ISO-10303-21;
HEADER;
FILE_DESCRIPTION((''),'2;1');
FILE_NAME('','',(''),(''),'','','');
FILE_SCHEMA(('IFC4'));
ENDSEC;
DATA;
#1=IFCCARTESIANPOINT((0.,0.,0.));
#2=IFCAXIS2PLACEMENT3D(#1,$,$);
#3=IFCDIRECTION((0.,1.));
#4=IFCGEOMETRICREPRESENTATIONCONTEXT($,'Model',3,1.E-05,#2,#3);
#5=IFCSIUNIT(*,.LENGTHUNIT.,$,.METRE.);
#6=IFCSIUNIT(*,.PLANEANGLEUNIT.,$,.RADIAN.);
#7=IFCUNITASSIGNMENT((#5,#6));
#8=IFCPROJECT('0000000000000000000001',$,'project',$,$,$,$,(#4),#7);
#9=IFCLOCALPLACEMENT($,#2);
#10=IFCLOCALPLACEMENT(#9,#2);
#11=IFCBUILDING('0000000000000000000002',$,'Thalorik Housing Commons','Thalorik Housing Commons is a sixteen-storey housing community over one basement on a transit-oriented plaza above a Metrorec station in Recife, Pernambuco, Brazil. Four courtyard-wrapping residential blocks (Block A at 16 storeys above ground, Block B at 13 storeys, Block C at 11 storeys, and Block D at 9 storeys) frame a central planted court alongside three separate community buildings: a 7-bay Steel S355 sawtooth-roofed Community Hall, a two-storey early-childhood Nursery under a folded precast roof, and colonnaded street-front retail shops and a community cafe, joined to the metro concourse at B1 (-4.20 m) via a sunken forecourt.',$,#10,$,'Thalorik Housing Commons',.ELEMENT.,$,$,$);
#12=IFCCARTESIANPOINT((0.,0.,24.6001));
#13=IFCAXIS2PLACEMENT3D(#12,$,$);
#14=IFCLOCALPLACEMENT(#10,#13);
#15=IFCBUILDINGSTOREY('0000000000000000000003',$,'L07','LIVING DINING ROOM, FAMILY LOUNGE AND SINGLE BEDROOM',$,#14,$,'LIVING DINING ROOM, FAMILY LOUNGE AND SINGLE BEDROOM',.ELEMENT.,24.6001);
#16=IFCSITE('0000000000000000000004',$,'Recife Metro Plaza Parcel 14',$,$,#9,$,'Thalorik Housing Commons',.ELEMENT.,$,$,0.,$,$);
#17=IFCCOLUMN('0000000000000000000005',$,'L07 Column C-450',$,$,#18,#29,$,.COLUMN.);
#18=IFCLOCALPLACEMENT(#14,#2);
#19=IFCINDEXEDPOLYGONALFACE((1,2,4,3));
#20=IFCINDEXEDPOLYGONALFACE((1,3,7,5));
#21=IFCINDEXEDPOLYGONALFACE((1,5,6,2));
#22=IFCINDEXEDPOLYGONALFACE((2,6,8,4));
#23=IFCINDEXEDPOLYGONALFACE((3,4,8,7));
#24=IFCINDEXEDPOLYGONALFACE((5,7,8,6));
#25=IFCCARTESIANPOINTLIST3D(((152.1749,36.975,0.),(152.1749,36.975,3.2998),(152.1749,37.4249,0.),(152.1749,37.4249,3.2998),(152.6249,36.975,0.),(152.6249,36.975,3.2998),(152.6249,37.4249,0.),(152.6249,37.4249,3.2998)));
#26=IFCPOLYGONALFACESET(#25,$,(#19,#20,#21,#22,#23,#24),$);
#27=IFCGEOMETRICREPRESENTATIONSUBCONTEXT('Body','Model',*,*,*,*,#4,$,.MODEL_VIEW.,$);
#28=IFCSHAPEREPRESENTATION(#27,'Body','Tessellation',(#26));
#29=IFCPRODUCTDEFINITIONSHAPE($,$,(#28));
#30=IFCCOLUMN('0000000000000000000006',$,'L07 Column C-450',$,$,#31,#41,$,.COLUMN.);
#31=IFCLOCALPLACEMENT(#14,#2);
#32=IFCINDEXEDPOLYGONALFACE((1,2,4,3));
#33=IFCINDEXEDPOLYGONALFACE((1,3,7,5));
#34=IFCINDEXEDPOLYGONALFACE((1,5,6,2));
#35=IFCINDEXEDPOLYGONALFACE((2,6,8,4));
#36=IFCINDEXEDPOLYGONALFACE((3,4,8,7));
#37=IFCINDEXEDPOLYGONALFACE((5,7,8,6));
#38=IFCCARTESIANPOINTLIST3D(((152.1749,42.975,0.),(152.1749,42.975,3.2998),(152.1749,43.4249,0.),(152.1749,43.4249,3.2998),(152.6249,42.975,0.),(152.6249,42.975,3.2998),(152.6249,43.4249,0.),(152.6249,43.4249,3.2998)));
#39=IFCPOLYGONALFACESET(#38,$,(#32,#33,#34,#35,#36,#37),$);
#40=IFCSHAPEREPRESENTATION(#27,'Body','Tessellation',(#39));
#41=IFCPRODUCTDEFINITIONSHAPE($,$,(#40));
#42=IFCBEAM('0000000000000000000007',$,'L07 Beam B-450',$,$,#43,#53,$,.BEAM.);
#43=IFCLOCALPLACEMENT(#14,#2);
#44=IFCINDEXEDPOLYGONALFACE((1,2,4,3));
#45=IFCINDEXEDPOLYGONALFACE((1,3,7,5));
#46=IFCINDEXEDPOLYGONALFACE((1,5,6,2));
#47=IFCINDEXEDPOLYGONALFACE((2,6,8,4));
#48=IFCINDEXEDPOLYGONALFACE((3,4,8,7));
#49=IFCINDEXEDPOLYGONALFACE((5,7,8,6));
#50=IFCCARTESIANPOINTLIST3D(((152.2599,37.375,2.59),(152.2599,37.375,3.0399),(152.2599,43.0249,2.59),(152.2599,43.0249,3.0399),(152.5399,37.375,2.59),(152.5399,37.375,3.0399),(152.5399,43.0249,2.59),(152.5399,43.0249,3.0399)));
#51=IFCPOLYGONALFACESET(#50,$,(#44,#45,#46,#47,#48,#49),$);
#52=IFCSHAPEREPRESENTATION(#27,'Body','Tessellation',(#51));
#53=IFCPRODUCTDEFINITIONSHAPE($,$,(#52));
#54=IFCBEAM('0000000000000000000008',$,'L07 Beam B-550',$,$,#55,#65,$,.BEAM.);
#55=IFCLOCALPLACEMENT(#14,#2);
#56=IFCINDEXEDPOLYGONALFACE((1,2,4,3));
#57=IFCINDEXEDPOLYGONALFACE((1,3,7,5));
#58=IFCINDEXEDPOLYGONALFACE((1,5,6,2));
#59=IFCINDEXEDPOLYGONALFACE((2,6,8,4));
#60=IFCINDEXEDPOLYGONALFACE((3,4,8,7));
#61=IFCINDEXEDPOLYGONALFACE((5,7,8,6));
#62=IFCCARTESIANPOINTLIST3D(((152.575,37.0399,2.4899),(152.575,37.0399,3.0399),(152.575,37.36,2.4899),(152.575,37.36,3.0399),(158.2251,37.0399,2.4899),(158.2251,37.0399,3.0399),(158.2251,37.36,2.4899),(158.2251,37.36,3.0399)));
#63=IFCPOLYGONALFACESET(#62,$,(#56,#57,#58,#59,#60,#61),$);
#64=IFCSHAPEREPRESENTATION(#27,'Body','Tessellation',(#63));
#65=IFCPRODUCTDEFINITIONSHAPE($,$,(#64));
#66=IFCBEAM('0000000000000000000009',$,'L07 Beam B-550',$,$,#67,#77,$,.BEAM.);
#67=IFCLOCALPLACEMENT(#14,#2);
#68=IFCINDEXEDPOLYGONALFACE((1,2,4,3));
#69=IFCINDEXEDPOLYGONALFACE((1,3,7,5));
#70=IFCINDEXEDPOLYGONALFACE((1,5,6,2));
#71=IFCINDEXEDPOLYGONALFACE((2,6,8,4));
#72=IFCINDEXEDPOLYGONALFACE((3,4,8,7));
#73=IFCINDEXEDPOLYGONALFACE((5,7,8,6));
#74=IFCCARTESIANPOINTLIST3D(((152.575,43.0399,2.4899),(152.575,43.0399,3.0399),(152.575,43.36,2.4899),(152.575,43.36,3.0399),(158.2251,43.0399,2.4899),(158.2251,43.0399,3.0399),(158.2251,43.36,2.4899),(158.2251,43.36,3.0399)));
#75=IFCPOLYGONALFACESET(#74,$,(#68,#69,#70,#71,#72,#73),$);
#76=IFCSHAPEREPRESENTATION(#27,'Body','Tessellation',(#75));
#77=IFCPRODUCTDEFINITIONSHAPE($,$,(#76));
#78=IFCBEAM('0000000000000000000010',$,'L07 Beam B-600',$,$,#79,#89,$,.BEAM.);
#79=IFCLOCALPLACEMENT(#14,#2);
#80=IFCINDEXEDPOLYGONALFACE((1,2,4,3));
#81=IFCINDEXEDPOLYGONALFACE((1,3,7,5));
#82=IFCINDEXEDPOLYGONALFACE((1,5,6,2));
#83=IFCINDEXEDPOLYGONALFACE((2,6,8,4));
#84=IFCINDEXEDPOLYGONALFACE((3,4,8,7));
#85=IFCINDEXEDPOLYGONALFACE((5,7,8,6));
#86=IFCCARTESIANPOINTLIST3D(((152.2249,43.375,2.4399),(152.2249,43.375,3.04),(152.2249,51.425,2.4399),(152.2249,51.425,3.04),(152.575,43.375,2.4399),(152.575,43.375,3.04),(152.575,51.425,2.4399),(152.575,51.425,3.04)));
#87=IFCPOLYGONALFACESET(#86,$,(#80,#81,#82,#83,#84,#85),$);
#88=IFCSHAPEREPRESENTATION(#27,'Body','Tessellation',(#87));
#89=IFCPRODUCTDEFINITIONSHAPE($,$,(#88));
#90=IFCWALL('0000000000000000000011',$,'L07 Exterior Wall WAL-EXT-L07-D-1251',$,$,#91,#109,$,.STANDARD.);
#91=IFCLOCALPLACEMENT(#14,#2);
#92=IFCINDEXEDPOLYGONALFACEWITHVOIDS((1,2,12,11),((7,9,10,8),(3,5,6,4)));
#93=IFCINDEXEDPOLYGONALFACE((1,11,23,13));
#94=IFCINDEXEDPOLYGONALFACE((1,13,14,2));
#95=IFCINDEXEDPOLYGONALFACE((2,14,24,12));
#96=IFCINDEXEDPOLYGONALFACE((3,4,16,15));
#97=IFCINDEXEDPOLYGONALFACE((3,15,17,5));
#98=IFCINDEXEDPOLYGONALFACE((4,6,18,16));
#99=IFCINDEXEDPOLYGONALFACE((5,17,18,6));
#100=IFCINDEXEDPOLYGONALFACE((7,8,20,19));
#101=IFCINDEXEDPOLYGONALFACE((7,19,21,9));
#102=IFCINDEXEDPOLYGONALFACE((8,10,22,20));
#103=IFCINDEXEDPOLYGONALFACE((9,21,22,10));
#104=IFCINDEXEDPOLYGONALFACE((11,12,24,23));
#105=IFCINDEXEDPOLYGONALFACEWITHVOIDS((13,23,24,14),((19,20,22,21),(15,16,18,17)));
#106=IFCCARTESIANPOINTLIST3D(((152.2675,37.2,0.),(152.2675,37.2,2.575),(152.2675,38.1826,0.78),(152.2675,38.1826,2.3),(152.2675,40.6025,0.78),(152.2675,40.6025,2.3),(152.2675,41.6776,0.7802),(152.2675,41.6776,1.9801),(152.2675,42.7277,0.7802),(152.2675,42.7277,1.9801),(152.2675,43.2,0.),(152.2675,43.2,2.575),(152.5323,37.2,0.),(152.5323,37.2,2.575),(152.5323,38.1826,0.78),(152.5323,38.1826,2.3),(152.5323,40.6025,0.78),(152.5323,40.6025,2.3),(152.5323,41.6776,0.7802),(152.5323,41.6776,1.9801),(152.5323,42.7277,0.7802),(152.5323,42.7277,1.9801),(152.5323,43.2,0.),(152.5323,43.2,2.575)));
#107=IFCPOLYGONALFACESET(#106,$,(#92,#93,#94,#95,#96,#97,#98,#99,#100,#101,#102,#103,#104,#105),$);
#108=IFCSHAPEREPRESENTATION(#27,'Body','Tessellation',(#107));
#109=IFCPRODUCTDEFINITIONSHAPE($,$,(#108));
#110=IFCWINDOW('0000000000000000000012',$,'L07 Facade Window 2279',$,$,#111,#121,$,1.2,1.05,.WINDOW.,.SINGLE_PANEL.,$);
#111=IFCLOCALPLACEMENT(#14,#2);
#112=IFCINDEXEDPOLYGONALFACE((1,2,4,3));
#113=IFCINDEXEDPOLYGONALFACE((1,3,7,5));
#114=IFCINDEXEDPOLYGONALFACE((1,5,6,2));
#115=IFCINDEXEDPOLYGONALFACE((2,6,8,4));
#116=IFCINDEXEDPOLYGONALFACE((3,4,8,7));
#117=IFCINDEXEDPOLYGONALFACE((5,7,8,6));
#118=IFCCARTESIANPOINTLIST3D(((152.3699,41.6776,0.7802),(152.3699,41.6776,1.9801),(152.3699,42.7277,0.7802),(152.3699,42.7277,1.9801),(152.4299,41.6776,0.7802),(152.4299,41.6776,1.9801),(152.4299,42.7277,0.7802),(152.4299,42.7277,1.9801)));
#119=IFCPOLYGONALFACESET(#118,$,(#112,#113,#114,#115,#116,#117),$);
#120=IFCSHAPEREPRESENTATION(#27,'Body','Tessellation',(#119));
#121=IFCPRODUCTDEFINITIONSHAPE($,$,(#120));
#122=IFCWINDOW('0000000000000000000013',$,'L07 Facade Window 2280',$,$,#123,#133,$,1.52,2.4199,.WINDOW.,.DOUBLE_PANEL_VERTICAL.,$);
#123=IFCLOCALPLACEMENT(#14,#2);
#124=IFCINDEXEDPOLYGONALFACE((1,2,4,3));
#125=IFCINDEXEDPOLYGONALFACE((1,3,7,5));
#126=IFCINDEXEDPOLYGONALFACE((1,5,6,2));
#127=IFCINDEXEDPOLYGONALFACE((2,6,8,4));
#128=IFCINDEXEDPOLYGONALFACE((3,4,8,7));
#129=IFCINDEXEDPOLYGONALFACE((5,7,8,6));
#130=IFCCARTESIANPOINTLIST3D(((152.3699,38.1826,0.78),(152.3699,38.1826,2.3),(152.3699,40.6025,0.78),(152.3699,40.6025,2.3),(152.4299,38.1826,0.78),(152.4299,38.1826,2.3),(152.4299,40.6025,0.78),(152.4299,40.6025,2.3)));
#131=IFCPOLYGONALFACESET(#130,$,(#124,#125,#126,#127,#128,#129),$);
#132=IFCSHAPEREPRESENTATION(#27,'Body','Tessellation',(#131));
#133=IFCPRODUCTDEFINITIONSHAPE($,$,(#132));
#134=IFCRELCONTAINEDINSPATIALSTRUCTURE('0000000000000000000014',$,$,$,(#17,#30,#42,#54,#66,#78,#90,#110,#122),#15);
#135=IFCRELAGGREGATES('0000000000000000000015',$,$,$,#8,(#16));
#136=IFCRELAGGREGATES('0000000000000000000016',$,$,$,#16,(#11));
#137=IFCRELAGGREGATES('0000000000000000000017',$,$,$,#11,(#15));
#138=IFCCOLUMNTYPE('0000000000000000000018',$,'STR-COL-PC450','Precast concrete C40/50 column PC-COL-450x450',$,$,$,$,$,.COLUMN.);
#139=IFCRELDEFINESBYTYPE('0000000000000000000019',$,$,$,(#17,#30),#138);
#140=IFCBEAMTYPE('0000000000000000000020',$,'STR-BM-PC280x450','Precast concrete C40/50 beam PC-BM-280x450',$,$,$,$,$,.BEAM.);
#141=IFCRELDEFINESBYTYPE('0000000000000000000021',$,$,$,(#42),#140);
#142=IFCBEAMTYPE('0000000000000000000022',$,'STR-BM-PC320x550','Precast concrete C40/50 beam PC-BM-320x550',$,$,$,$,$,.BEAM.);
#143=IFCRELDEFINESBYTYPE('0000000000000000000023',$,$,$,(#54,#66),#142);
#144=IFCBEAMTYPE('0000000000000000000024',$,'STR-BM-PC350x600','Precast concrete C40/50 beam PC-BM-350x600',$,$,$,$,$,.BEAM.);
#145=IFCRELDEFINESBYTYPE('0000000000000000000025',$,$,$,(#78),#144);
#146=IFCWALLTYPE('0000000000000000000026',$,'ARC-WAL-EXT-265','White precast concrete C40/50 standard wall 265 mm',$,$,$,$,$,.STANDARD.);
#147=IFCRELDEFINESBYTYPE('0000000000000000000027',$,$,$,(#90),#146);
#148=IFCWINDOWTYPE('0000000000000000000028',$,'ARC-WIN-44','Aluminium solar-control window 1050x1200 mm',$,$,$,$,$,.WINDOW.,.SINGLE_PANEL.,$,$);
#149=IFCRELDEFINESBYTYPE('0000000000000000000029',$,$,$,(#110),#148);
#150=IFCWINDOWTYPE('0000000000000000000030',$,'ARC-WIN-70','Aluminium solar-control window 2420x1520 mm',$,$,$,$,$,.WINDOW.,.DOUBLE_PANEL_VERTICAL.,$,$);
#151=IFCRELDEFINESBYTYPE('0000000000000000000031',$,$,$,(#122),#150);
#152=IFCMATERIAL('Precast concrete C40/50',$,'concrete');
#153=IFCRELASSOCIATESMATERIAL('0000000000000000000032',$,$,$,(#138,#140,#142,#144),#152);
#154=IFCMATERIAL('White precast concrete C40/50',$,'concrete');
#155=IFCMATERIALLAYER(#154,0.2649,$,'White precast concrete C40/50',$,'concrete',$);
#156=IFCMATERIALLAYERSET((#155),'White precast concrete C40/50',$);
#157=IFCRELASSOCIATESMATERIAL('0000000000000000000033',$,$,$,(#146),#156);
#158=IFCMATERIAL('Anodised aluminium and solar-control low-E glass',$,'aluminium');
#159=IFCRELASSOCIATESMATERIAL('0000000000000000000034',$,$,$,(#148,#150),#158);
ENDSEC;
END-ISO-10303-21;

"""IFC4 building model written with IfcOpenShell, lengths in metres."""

from ifc_helpers import new_model, si_unit, direction, frame, frame_2d, origin, origin_2d, place, context, subcontext, project, spatial, rectangle, extrude, material, layer, layer_set, material_profile, profile_set, type_object, element, fill, save


model = new_model("IFC4")

# Units and contexts
model_context = context("Model", 3, precision=1e-05, world=origin(), true_north=direction((0.0, 1.0)))
body_context = subcontext(model_context, "Body", "Model", "MODEL_VIEW")
ifc_project = project(units=[si_unit("LENGTHUNIT", "METRE"), si_unit("PLANEANGLEUNIT", "RADIAN")], contexts=[model_context])

# Site, building, storey
site_placement = place(None, origin())
site = spatial("IfcSite", under=ifc_project, at=site_placement, Name="Recife Metro Plaza Parcel 14", LongName="Thalorik Housing Commons", CompositionType="ELEMENT", RefElevation=0.0)
building_placement = place(site_placement, origin())
building = spatial("IfcBuilding", under=site, at=building_placement, Name="Thalorik Housing Commons", Description="Thalorik Housing Commons is a sixteen-storey housing community over one basement on a transit-oriented plaza above a Metrorec station in Recife, Pernambuco, Brazil. Four courtyard-wrapping residential blocks (Block A at 16 storeys above ground, Block B at 13 storeys, Block C at 11 storeys, and Block D at 9 storeys) frame a central planted court alongside three separate community buildings: a 7-bay Steel S355 sawtooth-roofed Community Hall, a two-storey early-childhood Nursery under a folded precast roof, and colonnaded street-front retail shops and a community cafe, joined to the metro concourse at B1 (-4.20 m) via a sunken forecourt.", LongName="Thalorik Housing Commons", CompositionType="ELEMENT")
storey_placement = place(building_placement, frame((0.0, 0.0, 24.6001)))
storey = spatial("IfcBuildingStorey", under=building, at=storey_placement, Name="L07", Description="LIVING DINING ROOM, FAMILY LOUNGE AND SINGLE BEDROOM", LongName="LIVING DINING ROOM, FAMILY LOUNGE AND SINGLE BEDROOM", CompositionType="ELEMENT", Elevation=24.6001)

# Columns
ifc_material_1 = material(Name="Precast concrete C40/50", Category="concrete")
ifc_material_profile_1 = material_profile(ifc_material_1, rectangle(XDim=0.45, YDim=0.45, at=origin_2d()), Name="PC 450x450", Category="concrete")
ifc_profile_set_1 = profile_set([ifc_material_profile_1], Name="Precast concrete C40/50")
column_type = type_object("IfcColumnType", Name="STR-COL-PC450", Description="Precast concrete C40/50 column PC-COL-450x450", PredefinedType="COLUMN", material=ifc_profile_set_1)
for number, where, z_axis, x_axis, name in (
    (1, (152.3999, 37.2, 0.0), (0.0, 0.0, 1.0), (1.0, 0.0, 0.0), "L07 Column C-450"),
    (2, (152.3999, 43.2, 0.0), (0.0, 0.0, 1.0), (1.0, 0.0, 0.0), "L07 Column C-450"),
):
    element("IfcColumn", number, at=place(storey_placement, frame(where, z_axis=z_axis, x_axis=x_axis)), inside=storey, type_object=column_type, Name=name, PredefinedType="COLUMN", context=body_context, shape_type="SweptSolid", body=[
        extrude(rectangle(XDim=0.45, YDim=0.45, at=origin_2d()), origin(), (0.0, 0.0, 1.0), 3.2998),
    ])

# Beams
ifc_material_profile_2 = material_profile(ifc_material_1, rectangle(XDim=0.28, YDim=0.45, at=origin_2d()), Name="PC 280x450", Category="concrete")
ifc_profile_set_2 = profile_set([ifc_material_profile_2], Name="Precast concrete C40/50")
beam_type_1 = type_object("IfcBeamType", Name="STR-BM-PC280x450", Description="Precast concrete C40/50 beam PC-BM-280x450", PredefinedType="BEAM", material=ifc_profile_set_2)
beam_1_placement = place(storey_placement, frame((152.3999, 37.375, 2.8149), z_axis=(0.0, 1.0, 0.0), x_axis=(-1.0, 0.0, 0.0)))
element("IfcBeam", 3, at=beam_1_placement, inside=storey, type_object=beam_type_1, Name="L07 Beam B-450", PredefinedType="BEAM", context=body_context, shape_type="SweptSolid", body=[
    extrude(rectangle(XDim=0.28, YDim=0.45, at=origin_2d()), origin(), (0.0, 0.0, 1.0), 5.6499),
])
ifc_material_profile_3 = material_profile(ifc_material_1, rectangle(XDim=0.3201, YDim=0.55, at=origin_2d()), Name="PC 320x550", Category="concrete")
ifc_profile_set_3 = profile_set([ifc_material_profile_3], Name="Precast concrete C40/50")
beam_type_2 = type_object("IfcBeamType", Name="STR-BM-PC320x550", Description="Precast concrete C40/50 beam PC-BM-320x550", PredefinedType="BEAM", material=ifc_profile_set_3)
for number, where, z_axis, x_axis, name in (
    (4, (152.575, 37.2, 2.7649), (1.0, 0.0, 0.0), (0.0, 1.0, 0.0), "L07 Beam B-550"),
    (5, (152.575, 43.2, 2.7649), (1.0, 0.0, 0.0), (0.0, 1.0, 0.0), "L07 Beam B-550"),
):
    element("IfcBeam", number, at=place(storey_placement, frame(where, z_axis=z_axis, x_axis=x_axis)), inside=storey, type_object=beam_type_2, Name=name, PredefinedType="BEAM", context=body_context, shape_type="SweptSolid", body=[
        extrude(rectangle(XDim=0.3201, YDim=0.55, at=origin_2d()), origin(), (0.0, 0.0, 1.0), 5.6501),
    ])
ifc_material_profile_4 = material_profile(ifc_material_1, rectangle(XDim=0.3501, YDim=0.6001, at=origin_2d()), Name="PC 350x600", Category="concrete")
ifc_profile_set_4 = profile_set([ifc_material_profile_4], Name="Precast concrete C40/50")
beam_type_3 = type_object("IfcBeamType", Name="STR-BM-PC350x600", Description="Precast concrete C40/50 beam PC-BM-350x600", PredefinedType="BEAM", material=ifc_profile_set_4)
beam_2_placement = place(storey_placement, frame((152.3999, 43.375, 2.74), z_axis=(0.0, 1.0, 0.0), x_axis=(-1.0, 0.0, 0.0)))
element("IfcBeam", 6, at=beam_2_placement, inside=storey, type_object=beam_type_3, Name="L07 Beam B-600", PredefinedType="BEAM", context=body_context, shape_type="SweptSolid", body=[
    extrude(rectangle(XDim=0.3501, YDim=0.6001, at=origin_2d()), origin(), (0.0, 0.0, 1.0), 8.05),
])

# Wall, openings, windows
ifc_material_2 = material(Name="White precast concrete C40/50", Category="concrete")
ifc_layer_1 = layer(ifc_material_2, 0.2649, Name="White precast concrete C40/50", Category="concrete")
ifc_layer_set_1 = layer_set([ifc_layer_1], Name="White precast concrete C40/50")
wall_type_1 = type_object("IfcWallType", Name="ARC-WAL-EXT-265", Description="White precast concrete C40/50 standard wall 265 mm", PredefinedType="STANDARD", material=ifc_layer_set_1)
wall_1_placement = place(storey_placement, frame((152.3999, 43.2, 0.0), z_axis=(0.0, 0.0, 1.0), x_axis=(0.0, -1.0, 0.0)))
wall_1 = element("IfcWall", 7, at=wall_1_placement, inside=storey, type_object=wall_type_1, Name="L07 Exterior Wall WAL-EXT-L07-D-1251", PredefinedType="STANDARD", context=body_context, shape_type="SweptSolid", body=[
    extrude(rectangle(XDim=6.0, YDim=0.2649, at=frame_2d((3.0, 0.0))), origin(), (0.0, 0.0, 1.0), 2.575),
])
opening_1_placement = place(wall_1_placement, frame((0.4724, 0.0, 0.78)))
opening_1 = element("IfcOpeningElement", 8, at=opening_1_placement, cuts=wall_1, PredefinedType="OPENING", context=body_context, shape_type="SweptSolid", body=[
    extrude(rectangle(XDim=1.05, YDim=1.2, at=frame_2d((0.5249, 0.6001))), frame((0.0, 0.1426, 0.0), z_axis=(0.0, -1.0, 0.0), x_axis=(1.0, 0.0, 0.0)), (0.0, 0.0, 1.0), 0.2849),
])
opening_2_placement = place(wall_1_placement, frame((2.5974, 0.0, 0.78)))
opening_2 = element("IfcOpeningElement", 9, at=opening_2_placement, cuts=wall_1, PredefinedType="OPENING", context=body_context, shape_type="SweptSolid", body=[
    extrude(rectangle(XDim=2.4199, YDim=1.52, at=frame_2d((1.21, 0.76))), frame((0.0, 0.1426, 0.0), z_axis=(0.0, -1.0, 0.0), x_axis=(1.0, 0.0, 0.0)), (0.0, 0.0, 1.0), 0.2849),
])
ifc_material_3 = material(Name="Anodised aluminium and solar-control low-E glass", Category="aluminium")
window_type_1 = type_object("IfcWindowType", Name="ARC-WIN-44", Description="Aluminium solar-control window 1050x1200 mm", PartitioningType="SINGLE_PANEL", PredefinedType="WINDOW", material=ifc_material_3)
window_1_placement = place(opening_1_placement, origin())
window_1 = element("IfcWindow", 10, at=window_1_placement, inside=storey, type_object=window_type_1, Name="L07 Facade Window 2279", OverallHeight=1.2, OverallWidth=1.05, PartitioningType="SINGLE_PANEL", PredefinedType="WINDOW", context=body_context, shape_type="SweptSolid", body=[
    extrude(rectangle(XDim=1.05, YDim=1.2, at=frame_2d((0.5249, 0.6001))), frame((0.0, 0.03, 0.0), z_axis=(0.0, -1.0, 0.0), x_axis=(1.0, 0.0, 0.0)), (0.0, 0.0, 1.0), 0.0601),
])
fill(opening_1, window_1)
window_type_2 = type_object("IfcWindowType", Name="ARC-WIN-70", Description="Aluminium solar-control window 2420x1520 mm", PartitioningType="DOUBLE_PANEL_VERTICAL", PredefinedType="WINDOW", material=ifc_material_3)
window_2_placement = place(opening_2_placement, origin())
window_2 = element("IfcWindow", 11, at=window_2_placement, inside=storey, type_object=window_type_2, Name="L07 Facade Window 2280", OverallHeight=1.52, OverallWidth=2.4199, PartitioningType="DOUBLE_PANEL_VERTICAL", PredefinedType="WINDOW", context=body_context, shape_type="SweptSolid", body=[
    extrude(rectangle(XDim=2.4199, YDim=1.52, at=frame_2d((1.21, 0.76))), frame((0.0, 0.03, 0.0), z_axis=(0.0, -1.0, 0.0), x_axis=(1.0, 0.0, 0.0)), (0.0, 0.0, 1.0), 0.0601),
])
fill(opening_2, window_2)

save(model, "model.ifc")
